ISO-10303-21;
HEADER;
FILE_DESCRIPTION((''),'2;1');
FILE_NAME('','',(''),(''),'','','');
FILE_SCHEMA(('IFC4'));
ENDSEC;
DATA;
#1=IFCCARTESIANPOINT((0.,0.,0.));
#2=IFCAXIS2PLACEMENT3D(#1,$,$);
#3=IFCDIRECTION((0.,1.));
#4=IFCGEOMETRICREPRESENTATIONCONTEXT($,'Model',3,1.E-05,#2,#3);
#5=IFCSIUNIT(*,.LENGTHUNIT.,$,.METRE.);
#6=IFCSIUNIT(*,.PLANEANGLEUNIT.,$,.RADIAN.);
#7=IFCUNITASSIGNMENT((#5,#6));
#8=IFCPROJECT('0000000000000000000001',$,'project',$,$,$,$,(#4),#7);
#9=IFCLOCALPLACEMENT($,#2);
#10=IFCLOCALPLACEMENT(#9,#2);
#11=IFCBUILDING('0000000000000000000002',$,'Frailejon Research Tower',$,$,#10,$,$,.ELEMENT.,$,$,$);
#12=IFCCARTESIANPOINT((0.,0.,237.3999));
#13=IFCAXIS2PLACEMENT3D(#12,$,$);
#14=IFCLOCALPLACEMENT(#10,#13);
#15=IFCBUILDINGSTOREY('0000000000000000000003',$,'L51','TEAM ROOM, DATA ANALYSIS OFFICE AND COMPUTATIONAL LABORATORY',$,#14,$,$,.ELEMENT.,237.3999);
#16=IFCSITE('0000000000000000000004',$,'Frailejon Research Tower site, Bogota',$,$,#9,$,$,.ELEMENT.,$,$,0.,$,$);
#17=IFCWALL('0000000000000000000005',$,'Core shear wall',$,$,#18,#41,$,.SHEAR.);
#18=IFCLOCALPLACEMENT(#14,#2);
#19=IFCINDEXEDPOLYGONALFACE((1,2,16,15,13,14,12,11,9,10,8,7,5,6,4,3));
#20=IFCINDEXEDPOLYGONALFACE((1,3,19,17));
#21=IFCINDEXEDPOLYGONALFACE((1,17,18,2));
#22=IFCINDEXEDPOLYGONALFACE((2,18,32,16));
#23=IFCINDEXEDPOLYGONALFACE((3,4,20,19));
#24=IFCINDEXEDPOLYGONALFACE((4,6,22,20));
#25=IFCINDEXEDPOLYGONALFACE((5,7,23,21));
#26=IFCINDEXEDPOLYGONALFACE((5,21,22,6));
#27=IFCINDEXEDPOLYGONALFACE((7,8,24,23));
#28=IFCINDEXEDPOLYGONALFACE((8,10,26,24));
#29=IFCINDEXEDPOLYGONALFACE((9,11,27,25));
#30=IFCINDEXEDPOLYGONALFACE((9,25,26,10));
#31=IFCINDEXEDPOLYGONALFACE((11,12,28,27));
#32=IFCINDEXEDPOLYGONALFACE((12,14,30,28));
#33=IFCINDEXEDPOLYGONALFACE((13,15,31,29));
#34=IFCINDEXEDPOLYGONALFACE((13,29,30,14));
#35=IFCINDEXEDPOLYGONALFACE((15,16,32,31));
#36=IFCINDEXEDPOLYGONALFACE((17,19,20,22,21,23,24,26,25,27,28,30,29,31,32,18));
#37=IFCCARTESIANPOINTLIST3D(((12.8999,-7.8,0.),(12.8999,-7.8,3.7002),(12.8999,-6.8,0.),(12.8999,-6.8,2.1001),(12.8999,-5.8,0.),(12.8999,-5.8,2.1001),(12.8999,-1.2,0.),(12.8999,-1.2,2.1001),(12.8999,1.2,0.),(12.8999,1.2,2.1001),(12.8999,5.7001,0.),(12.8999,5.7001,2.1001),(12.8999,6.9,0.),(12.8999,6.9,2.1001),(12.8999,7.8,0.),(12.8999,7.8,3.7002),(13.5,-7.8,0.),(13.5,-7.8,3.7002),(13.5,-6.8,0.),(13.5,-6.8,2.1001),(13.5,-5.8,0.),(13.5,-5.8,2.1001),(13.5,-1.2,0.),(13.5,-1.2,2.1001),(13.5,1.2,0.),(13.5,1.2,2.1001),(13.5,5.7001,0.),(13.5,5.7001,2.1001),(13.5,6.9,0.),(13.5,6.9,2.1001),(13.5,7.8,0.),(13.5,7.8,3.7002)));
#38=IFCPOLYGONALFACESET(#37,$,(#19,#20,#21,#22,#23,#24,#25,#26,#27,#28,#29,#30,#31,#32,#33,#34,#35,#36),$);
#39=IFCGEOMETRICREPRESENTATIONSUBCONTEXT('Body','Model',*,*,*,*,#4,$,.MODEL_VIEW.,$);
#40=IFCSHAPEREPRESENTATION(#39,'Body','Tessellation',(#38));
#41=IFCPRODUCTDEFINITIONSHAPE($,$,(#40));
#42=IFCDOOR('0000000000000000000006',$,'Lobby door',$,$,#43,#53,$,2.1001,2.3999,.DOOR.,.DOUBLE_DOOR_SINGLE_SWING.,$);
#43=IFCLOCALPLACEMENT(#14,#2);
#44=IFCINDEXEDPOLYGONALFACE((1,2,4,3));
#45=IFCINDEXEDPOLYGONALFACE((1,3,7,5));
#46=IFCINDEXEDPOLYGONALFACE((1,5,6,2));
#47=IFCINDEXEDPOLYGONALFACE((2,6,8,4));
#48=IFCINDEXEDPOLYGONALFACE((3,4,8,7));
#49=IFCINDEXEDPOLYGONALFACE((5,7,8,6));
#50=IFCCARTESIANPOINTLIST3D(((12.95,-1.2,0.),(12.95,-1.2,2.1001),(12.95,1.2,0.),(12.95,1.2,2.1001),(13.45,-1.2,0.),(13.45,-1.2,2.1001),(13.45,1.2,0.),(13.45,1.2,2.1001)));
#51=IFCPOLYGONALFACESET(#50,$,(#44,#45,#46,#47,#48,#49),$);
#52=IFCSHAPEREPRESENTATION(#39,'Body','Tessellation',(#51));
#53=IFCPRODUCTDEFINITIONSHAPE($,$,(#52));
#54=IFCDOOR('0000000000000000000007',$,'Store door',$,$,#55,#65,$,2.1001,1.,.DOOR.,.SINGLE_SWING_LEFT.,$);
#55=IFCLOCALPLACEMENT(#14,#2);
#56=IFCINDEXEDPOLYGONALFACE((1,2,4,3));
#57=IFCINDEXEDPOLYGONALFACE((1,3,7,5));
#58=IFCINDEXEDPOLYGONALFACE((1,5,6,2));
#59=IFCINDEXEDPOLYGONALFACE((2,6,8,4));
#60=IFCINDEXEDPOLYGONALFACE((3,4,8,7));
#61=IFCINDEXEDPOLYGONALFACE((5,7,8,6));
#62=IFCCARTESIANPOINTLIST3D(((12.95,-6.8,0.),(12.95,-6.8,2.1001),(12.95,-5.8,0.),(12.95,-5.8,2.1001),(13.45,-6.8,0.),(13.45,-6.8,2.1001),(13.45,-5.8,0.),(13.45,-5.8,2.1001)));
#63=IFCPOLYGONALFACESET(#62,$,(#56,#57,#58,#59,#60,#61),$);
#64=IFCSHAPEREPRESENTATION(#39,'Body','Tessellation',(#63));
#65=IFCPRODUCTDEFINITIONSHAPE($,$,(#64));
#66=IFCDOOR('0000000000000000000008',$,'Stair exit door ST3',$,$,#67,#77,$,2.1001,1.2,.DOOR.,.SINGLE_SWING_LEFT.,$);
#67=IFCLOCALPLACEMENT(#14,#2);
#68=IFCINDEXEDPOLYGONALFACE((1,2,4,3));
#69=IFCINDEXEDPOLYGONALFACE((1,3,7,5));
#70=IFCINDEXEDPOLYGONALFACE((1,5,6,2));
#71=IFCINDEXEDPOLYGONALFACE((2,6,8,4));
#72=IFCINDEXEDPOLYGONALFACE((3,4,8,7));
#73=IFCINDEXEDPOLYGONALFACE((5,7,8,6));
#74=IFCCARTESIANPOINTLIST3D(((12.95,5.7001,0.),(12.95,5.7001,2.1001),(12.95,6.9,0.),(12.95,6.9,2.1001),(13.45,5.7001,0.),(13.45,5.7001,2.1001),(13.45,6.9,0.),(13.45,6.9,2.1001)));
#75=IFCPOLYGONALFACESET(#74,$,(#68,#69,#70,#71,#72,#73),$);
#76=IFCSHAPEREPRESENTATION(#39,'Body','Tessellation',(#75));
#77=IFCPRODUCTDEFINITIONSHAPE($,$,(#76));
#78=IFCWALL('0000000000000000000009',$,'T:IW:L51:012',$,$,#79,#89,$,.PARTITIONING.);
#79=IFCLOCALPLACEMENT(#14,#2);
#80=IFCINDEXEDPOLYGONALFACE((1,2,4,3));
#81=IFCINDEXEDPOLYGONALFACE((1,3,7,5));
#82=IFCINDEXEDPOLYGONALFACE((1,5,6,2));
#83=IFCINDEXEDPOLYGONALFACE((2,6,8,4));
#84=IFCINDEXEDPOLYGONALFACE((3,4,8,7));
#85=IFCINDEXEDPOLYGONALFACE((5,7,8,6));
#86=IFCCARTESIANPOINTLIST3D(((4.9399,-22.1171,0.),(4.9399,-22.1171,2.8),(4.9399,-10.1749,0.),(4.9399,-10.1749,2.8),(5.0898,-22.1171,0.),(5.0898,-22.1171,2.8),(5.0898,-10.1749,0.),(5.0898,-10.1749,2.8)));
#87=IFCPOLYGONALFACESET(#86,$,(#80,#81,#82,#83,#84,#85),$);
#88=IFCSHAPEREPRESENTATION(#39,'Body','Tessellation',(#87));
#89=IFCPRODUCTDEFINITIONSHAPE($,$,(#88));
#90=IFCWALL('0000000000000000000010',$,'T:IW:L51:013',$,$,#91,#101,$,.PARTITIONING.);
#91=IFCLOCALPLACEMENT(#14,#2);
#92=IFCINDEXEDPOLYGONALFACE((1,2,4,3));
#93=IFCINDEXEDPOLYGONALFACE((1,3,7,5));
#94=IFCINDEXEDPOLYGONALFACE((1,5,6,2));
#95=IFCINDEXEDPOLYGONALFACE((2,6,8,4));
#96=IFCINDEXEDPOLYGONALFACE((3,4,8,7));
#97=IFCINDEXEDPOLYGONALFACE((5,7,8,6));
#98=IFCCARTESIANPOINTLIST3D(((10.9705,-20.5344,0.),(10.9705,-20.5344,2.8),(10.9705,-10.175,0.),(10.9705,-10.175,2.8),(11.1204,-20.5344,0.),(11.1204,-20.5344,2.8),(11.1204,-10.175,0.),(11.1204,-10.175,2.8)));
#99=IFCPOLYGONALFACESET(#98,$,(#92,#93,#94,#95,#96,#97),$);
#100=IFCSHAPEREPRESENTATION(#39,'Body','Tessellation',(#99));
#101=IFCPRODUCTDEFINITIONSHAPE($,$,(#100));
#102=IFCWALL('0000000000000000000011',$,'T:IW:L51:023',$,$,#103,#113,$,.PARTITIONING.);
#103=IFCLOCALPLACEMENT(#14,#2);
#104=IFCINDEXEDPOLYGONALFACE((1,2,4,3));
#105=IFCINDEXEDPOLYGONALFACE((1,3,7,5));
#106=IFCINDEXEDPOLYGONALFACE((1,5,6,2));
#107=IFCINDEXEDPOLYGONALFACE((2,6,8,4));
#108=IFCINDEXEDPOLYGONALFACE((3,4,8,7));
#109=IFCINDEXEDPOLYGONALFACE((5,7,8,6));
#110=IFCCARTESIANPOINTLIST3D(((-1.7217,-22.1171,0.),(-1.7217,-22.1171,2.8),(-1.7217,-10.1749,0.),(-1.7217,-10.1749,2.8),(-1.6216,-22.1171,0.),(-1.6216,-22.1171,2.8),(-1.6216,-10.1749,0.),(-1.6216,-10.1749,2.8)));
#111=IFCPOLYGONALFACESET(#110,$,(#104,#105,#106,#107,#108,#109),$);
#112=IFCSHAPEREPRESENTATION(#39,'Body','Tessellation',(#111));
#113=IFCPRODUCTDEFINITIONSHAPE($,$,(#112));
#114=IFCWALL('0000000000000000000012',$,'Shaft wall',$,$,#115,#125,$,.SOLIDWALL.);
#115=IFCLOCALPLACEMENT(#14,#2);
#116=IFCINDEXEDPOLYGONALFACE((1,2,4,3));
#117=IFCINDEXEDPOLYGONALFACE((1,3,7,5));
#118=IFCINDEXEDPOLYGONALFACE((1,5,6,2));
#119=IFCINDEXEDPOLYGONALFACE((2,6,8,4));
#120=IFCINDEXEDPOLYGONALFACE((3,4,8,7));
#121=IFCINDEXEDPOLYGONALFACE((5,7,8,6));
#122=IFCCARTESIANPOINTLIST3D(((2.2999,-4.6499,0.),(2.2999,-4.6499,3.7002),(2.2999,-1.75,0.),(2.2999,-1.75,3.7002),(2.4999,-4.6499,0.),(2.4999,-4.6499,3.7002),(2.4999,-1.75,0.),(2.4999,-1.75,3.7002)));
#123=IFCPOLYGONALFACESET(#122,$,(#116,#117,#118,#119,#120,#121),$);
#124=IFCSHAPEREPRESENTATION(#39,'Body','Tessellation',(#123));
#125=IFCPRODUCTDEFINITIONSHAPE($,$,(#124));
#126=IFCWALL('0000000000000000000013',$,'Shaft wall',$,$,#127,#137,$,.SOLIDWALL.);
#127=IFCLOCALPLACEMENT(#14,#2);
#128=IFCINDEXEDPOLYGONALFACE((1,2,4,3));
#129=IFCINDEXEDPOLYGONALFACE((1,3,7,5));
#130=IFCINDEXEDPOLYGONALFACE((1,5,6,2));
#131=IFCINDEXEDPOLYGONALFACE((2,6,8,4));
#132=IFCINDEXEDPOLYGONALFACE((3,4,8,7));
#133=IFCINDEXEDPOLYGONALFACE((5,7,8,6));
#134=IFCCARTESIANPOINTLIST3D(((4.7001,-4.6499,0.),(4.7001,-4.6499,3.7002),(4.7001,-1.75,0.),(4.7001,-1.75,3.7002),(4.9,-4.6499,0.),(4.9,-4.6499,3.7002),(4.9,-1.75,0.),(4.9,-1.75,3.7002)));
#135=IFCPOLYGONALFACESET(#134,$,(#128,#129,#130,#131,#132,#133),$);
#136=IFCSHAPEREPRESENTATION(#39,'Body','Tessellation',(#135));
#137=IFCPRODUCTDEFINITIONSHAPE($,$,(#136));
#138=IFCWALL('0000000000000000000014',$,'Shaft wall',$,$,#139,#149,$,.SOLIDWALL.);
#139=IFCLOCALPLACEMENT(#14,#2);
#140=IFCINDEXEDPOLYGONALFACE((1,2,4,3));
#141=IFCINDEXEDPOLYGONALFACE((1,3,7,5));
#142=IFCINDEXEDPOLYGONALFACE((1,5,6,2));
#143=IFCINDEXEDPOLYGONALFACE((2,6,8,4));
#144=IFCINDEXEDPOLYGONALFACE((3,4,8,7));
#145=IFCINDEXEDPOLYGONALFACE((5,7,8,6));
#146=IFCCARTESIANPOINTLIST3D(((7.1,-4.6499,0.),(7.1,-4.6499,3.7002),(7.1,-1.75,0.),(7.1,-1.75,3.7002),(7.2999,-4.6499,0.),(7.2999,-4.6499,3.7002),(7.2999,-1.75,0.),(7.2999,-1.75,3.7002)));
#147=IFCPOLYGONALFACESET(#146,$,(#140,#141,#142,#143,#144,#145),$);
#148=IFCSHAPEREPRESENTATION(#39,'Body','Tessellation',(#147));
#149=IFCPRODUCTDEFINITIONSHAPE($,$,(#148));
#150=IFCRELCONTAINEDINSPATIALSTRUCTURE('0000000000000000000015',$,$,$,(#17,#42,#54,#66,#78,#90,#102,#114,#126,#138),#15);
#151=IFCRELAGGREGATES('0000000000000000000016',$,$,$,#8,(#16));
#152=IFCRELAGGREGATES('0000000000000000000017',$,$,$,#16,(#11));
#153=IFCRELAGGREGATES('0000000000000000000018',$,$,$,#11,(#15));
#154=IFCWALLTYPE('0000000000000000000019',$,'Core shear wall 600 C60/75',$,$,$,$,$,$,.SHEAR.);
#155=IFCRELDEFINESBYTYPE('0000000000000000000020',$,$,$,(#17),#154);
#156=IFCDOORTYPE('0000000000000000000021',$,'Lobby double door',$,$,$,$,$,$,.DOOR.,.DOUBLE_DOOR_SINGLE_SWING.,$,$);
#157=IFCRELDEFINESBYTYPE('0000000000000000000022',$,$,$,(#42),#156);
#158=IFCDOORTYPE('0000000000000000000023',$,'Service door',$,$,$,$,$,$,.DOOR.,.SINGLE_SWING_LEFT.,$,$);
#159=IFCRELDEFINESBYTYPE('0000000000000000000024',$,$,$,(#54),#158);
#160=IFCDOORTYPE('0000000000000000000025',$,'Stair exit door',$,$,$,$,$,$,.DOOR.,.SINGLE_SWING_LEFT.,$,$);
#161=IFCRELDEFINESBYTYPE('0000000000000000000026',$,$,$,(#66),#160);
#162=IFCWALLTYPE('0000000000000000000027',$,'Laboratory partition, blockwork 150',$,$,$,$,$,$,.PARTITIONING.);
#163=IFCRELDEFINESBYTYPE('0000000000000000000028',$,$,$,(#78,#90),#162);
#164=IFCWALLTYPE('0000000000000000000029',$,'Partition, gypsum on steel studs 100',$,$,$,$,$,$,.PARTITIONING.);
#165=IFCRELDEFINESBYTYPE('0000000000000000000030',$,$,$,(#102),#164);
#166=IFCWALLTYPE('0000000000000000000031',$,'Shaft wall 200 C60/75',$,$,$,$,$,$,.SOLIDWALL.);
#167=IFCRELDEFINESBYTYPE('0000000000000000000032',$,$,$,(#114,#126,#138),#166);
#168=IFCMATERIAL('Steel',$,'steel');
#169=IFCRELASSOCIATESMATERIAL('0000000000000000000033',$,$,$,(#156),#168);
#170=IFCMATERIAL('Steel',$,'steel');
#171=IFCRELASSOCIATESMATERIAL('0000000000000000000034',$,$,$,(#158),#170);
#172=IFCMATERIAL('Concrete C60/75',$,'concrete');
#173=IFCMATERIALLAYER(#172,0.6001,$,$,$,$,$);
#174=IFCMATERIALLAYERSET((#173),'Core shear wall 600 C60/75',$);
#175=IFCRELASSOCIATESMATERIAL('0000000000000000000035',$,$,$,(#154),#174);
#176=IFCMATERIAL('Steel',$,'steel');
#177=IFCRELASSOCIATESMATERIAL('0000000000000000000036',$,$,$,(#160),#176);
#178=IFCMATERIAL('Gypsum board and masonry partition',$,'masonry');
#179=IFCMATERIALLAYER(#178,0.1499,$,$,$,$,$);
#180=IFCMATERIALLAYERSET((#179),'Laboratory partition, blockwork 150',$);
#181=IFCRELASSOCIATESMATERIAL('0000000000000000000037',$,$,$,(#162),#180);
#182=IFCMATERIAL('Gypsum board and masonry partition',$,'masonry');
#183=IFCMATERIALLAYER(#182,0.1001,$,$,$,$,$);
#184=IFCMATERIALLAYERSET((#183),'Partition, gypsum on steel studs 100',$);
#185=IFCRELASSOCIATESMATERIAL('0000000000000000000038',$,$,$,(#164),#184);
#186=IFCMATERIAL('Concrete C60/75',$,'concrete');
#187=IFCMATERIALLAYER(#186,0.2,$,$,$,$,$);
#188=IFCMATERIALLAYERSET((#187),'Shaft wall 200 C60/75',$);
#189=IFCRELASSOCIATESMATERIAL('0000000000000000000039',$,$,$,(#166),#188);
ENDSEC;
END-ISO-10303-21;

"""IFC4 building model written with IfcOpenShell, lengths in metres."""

from ifc_helpers import new_model, si_unit, direction, frame, frame_2d, origin, place, context, subcontext, project, spatial, rectangle, extrude, material, layer, layer_set, type_object, element, fill, save


model = new_model("IFC4")

# Units and contexts
model_context = context("Model", 3, precision=1e-05, world=origin(), true_north=direction((0.0, 1.0)))
body_context = subcontext(model_context, "Body", "Model", "MODEL_VIEW")
ifc_project = project(units=[si_unit("LENGTHUNIT", "METRE"), si_unit("PLANEANGLEUNIT", "RADIAN")], contexts=[model_context])

# Site, building, storey
site_placement = place(None, origin())
site = spatial("IfcSite", under=ifc_project, at=site_placement, Name="Frailejon Research Tower site, Bogota", CompositionType="ELEMENT", RefElevation=0.0)
building_placement = place(site_placement, origin())
building = spatial("IfcBuilding", under=site, at=building_placement, Name="Frailejon Research Tower", CompositionType="ELEMENT")
storey_placement = place(building_placement, frame((0.0, 0.0, 237.3999)))
storey = spatial("IfcBuildingStorey", under=building, at=storey_placement, Name="L51", Description="TEAM ROOM, DATA ANALYSIS OFFICE AND COMPUTATIONAL LABORATORY", CompositionType="ELEMENT", Elevation=237.3999)

# Wall, openings, doors
ifc_material_1 = material(Name="Steel", Category="steel")
door_type_1 = type_object("IfcDoorType", Name="Lobby double door", OperationType="DOUBLE_DOOR_SINGLE_SWING", PredefinedType="DOOR", material=ifc_material_1)
ifc_material_2 = material(Name="Steel", Category="steel")
door_type_2 = type_object("IfcDoorType", Name="Service door", OperationType="SINGLE_SWING_LEFT", PredefinedType="DOOR", material=ifc_material_2)
ifc_material_3 = material(Name="Concrete C60/75", Category="concrete")
ifc_layer_1 = layer(ifc_material_3, 0.6001)
ifc_layer_set_1 = layer_set([ifc_layer_1], Name="Core shear wall 600 C60/75")
wall_type_1 = type_object("IfcWallType", Name="Core shear wall 600 C60/75", PredefinedType="SHEAR", material=ifc_layer_set_1)
wall_1_placement = place(storey_placement, frame((13.2, -7.8, 0.0), z_axis=(0.0, 0.0, 1.0), x_axis=(0.0, 1.0, 0.0)))
wall_1 = element("IfcWall", 1, at=wall_1_placement, inside=storey, type_object=wall_type_1, Name="Core shear wall", PredefinedType="SHEAR", context=body_context, shape_type="SweptSolid", body=[
    extrude(rectangle(XDim=15.6001, YDim=0.6001, at=frame_2d((7.8, 0.0))), origin(), (0.0, 0.0, 1.0), 3.7002),
])
opening_1_placement = place(wall_1_placement, frame((6.6001, 0.0, 0.0)))
opening_1 = element("IfcOpeningElement", 2, at=opening_1_placement, cuts=wall_1, PredefinedType="OPENING", context=body_context, shape_type="SweptSolid", body=[
    extrude(rectangle(XDim=2.3999, YDim=2.1001, at=frame_2d((1.2, 1.05))), frame((0.0, 0.3101, 0.0), z_axis=(0.0, -1.0, 0.0), x_axis=(1.0, 0.0, 0.0)), (0.0, 0.0, 1.0), 0.6201),
])
opening_2_placement = place(wall_1_placement, frame((13.5, 0.0, 0.0)))
opening_2 = element("IfcOpeningElement", 3, at=opening_2_placement, cuts=wall_1, PredefinedType="OPENING", context=body_context, shape_type="SweptSolid", body=[
    extrude(rectangle(XDim=1.2, YDim=2.1001, at=frame_2d((0.6001, 1.05))), frame((0.0, 0.3101, 0.0), z_axis=(0.0, -1.0, 0.0), x_axis=(1.0, 0.0, 0.0)), (0.0, 0.0, 1.0), 0.6201),
])
opening_3_placement = place(wall_1_placement, frame((1.0, 0.0, 0.0)))
opening_3 = element("IfcOpeningElement", 4, at=opening_3_placement, cuts=wall_1, PredefinedType="OPENING", context=body_context, shape_type="SweptSolid", body=[
    extrude(rectangle(XDim=1.0, YDim=2.1001, at=frame_2d((0.5, 1.05))), frame((0.0, 0.3101, 0.0), z_axis=(0.0, -1.0, 0.0), x_axis=(1.0, 0.0, 0.0)), (0.0, 0.0, 1.0), 0.6201),
])
door_1_placement = place(opening_1_placement, origin())
door_1 = element("IfcDoor", 5, at=door_1_placement, inside=storey, type_object=door_type_1, Name="Lobby door", OperationType="DOUBLE_DOOR_SINGLE_SWING", OverallHeight=2.1001, OverallWidth=2.3999, PredefinedType="DOOR", context=body_context, shape_type="SweptSolid", body=[
    extrude(rectangle(XDim=2.3999, YDim=2.1001, at=frame_2d((1.2, 1.05))), frame((0.0, 0.25, 0.0), z_axis=(0.0, -1.0, 0.0), x_axis=(1.0, 0.0, 0.0)), (0.0, 0.0, 1.0), 0.5),
])
fill(opening_1, door_1)
door_2_placement = place(opening_3_placement, origin())
door_2 = element("IfcDoor", 6, at=door_2_placement, inside=storey, type_object=door_type_2, Name="Store door", OperationType="SINGLE_SWING_LEFT", OverallHeight=2.1001, OverallWidth=1.0, PredefinedType="DOOR", context=body_context, shape_type="SweptSolid", body=[
    extrude(rectangle(XDim=1.0, YDim=2.1001, at=frame_2d((0.5, 1.05))), frame((0.0, 0.25, 0.0), z_axis=(0.0, -1.0, 0.0), x_axis=(1.0, 0.0, 0.0)), (0.0, 0.0, 1.0), 0.5),
])
fill(opening_3, door_2)
ifc_material_4 = material(Name="Steel", Category="steel")
door_type_3 = type_object("IfcDoorType", Name="Stair exit door", OperationType="SINGLE_SWING_LEFT", PredefinedType="DOOR", material=ifc_material_4)
door_3_placement = place(opening_2_placement, origin())
door_3 = element("IfcDoor", 7, at=door_3_placement, inside=storey, type_object=door_type_3, Name="Stair exit door ST3", OperationType="SINGLE_SWING_LEFT", OverallHeight=2.1001, OverallWidth=1.2, PredefinedType="DOOR", context=body_context, shape_type="SweptSolid", body=[
    extrude(rectangle(XDim=1.2, YDim=2.1001, at=frame_2d((0.6001, 1.05))), frame((0.0, 0.25, 0.0), z_axis=(0.0, -1.0, 0.0), x_axis=(1.0, 0.0, 0.0)), (0.0, 0.0, 1.0), 0.5),
])
fill(opening_2, door_3)

# Walls
ifc_material_5 = material(Name="Gypsum board and masonry partition", Category="masonry")
ifc_layer_2 = layer(ifc_material_5, 0.1499)
ifc_layer_set_2 = layer_set([ifc_layer_2], Name="Laboratory partition, blockwork 150")
wall_type_2 = type_object("IfcWallType", Name="Laboratory partition, blockwork 150", PredefinedType="PARTITIONING", material=ifc_layer_set_2)
wall_2_placement = place(storey_placement, frame((5.0149, -22.1172, 0.0), z_axis=(0.0, 0.0, 1.0), x_axis=(0.0, 1.0, 0.0)))
element("IfcWall", 8, at=wall_2_placement, inside=storey, type_object=wall_type_2, Name="T:IW:L51:012", PredefinedType="PARTITIONING", context=body_context, shape_type="SweptSolid", body=[
    extrude(rectangle(XDim=11.9421, YDim=0.1499, at=frame_2d((5.9712, 0.0))), origin(), (0.0, 0.0, 1.0), 2.8),
])
wall_3_placement = place(storey_placement, frame((11.0454, -20.5344, 0.0), z_axis=(0.0, 0.0, 1.0), x_axis=(0.0, 1.0, 0.0)))
element("IfcWall", 9, at=wall_3_placement, inside=storey, type_object=wall_type_2, Name="T:IW:L51:013", PredefinedType="PARTITIONING", context=body_context, shape_type="SweptSolid", body=[
    extrude(rectangle(XDim=10.3594, YDim=0.1499, at=frame_2d((5.1797, 0.0))), origin(), (0.0, 0.0, 1.0), 2.8),
])
ifc_material_6 = material(Name="Gypsum board and masonry partition", Category="masonry")
ifc_layer_3 = layer(ifc_material_6, 0.1001)
ifc_layer_set_3 = layer_set([ifc_layer_3], Name="Partition, gypsum on steel studs 100")
wall_type_3 = type_object("IfcWallType", Name="Partition, gypsum on steel studs 100", PredefinedType="PARTITIONING", material=ifc_layer_set_3)
wall_4_placement = place(storey_placement, frame((-1.6716, -22.1172, 0.0), z_axis=(0.0, 0.0, 1.0), x_axis=(0.0, 1.0, 0.0)))
element("IfcWall", 10, at=wall_4_placement, inside=storey, type_object=wall_type_3, Name="T:IW:L51:023", PredefinedType="PARTITIONING", context=body_context, shape_type="SweptSolid", body=[
    extrude(rectangle(XDim=11.9421, YDim=0.1001, at=frame_2d((5.9712, 0.0))), origin(), (0.0, 0.0, 1.0), 2.8),
])
ifc_material_7 = material(Name="Concrete C60/75", Category="concrete")
ifc_layer_4 = layer(ifc_material_7, 0.2)
ifc_layer_set_4 = layer_set([ifc_layer_4], Name="Shaft wall 200 C60/75")
wall_type_4 = type_object("IfcWallType", Name="Shaft wall 200 C60/75", PredefinedType="SOLIDWALL", material=ifc_layer_set_4)
for number, where, z_axis, x_axis, name in (
    (11, (2.3999, -4.6499, 0.0), (0.0, 0.0, 1.0), (0.0, 1.0, 0.0), "Shaft wall"),
    (12, (4.8, -4.6499, 0.0), (0.0, 0.0, 1.0), (0.0, 1.0, 0.0), "Shaft wall"),
    (13, (7.2, -4.6499, 0.0), (0.0, 0.0, 1.0), (0.0, 1.0, 0.0), "Shaft wall"),
):
    element("IfcWall", number, at=place(storey_placement, frame(where, z_axis=z_axis, x_axis=x_axis)), inside=storey, type_object=wall_type_4, Name=name, PredefinedType="SOLIDWALL", context=body_context, shape_type="SweptSolid", body=[
        extrude(rectangle(XDim=2.8999, YDim=0.2, at=frame_2d((1.45, 0.0))), origin(), (0.0, 0.0, 1.0), 3.7002),
    ])

save(model, "model.ifc")
